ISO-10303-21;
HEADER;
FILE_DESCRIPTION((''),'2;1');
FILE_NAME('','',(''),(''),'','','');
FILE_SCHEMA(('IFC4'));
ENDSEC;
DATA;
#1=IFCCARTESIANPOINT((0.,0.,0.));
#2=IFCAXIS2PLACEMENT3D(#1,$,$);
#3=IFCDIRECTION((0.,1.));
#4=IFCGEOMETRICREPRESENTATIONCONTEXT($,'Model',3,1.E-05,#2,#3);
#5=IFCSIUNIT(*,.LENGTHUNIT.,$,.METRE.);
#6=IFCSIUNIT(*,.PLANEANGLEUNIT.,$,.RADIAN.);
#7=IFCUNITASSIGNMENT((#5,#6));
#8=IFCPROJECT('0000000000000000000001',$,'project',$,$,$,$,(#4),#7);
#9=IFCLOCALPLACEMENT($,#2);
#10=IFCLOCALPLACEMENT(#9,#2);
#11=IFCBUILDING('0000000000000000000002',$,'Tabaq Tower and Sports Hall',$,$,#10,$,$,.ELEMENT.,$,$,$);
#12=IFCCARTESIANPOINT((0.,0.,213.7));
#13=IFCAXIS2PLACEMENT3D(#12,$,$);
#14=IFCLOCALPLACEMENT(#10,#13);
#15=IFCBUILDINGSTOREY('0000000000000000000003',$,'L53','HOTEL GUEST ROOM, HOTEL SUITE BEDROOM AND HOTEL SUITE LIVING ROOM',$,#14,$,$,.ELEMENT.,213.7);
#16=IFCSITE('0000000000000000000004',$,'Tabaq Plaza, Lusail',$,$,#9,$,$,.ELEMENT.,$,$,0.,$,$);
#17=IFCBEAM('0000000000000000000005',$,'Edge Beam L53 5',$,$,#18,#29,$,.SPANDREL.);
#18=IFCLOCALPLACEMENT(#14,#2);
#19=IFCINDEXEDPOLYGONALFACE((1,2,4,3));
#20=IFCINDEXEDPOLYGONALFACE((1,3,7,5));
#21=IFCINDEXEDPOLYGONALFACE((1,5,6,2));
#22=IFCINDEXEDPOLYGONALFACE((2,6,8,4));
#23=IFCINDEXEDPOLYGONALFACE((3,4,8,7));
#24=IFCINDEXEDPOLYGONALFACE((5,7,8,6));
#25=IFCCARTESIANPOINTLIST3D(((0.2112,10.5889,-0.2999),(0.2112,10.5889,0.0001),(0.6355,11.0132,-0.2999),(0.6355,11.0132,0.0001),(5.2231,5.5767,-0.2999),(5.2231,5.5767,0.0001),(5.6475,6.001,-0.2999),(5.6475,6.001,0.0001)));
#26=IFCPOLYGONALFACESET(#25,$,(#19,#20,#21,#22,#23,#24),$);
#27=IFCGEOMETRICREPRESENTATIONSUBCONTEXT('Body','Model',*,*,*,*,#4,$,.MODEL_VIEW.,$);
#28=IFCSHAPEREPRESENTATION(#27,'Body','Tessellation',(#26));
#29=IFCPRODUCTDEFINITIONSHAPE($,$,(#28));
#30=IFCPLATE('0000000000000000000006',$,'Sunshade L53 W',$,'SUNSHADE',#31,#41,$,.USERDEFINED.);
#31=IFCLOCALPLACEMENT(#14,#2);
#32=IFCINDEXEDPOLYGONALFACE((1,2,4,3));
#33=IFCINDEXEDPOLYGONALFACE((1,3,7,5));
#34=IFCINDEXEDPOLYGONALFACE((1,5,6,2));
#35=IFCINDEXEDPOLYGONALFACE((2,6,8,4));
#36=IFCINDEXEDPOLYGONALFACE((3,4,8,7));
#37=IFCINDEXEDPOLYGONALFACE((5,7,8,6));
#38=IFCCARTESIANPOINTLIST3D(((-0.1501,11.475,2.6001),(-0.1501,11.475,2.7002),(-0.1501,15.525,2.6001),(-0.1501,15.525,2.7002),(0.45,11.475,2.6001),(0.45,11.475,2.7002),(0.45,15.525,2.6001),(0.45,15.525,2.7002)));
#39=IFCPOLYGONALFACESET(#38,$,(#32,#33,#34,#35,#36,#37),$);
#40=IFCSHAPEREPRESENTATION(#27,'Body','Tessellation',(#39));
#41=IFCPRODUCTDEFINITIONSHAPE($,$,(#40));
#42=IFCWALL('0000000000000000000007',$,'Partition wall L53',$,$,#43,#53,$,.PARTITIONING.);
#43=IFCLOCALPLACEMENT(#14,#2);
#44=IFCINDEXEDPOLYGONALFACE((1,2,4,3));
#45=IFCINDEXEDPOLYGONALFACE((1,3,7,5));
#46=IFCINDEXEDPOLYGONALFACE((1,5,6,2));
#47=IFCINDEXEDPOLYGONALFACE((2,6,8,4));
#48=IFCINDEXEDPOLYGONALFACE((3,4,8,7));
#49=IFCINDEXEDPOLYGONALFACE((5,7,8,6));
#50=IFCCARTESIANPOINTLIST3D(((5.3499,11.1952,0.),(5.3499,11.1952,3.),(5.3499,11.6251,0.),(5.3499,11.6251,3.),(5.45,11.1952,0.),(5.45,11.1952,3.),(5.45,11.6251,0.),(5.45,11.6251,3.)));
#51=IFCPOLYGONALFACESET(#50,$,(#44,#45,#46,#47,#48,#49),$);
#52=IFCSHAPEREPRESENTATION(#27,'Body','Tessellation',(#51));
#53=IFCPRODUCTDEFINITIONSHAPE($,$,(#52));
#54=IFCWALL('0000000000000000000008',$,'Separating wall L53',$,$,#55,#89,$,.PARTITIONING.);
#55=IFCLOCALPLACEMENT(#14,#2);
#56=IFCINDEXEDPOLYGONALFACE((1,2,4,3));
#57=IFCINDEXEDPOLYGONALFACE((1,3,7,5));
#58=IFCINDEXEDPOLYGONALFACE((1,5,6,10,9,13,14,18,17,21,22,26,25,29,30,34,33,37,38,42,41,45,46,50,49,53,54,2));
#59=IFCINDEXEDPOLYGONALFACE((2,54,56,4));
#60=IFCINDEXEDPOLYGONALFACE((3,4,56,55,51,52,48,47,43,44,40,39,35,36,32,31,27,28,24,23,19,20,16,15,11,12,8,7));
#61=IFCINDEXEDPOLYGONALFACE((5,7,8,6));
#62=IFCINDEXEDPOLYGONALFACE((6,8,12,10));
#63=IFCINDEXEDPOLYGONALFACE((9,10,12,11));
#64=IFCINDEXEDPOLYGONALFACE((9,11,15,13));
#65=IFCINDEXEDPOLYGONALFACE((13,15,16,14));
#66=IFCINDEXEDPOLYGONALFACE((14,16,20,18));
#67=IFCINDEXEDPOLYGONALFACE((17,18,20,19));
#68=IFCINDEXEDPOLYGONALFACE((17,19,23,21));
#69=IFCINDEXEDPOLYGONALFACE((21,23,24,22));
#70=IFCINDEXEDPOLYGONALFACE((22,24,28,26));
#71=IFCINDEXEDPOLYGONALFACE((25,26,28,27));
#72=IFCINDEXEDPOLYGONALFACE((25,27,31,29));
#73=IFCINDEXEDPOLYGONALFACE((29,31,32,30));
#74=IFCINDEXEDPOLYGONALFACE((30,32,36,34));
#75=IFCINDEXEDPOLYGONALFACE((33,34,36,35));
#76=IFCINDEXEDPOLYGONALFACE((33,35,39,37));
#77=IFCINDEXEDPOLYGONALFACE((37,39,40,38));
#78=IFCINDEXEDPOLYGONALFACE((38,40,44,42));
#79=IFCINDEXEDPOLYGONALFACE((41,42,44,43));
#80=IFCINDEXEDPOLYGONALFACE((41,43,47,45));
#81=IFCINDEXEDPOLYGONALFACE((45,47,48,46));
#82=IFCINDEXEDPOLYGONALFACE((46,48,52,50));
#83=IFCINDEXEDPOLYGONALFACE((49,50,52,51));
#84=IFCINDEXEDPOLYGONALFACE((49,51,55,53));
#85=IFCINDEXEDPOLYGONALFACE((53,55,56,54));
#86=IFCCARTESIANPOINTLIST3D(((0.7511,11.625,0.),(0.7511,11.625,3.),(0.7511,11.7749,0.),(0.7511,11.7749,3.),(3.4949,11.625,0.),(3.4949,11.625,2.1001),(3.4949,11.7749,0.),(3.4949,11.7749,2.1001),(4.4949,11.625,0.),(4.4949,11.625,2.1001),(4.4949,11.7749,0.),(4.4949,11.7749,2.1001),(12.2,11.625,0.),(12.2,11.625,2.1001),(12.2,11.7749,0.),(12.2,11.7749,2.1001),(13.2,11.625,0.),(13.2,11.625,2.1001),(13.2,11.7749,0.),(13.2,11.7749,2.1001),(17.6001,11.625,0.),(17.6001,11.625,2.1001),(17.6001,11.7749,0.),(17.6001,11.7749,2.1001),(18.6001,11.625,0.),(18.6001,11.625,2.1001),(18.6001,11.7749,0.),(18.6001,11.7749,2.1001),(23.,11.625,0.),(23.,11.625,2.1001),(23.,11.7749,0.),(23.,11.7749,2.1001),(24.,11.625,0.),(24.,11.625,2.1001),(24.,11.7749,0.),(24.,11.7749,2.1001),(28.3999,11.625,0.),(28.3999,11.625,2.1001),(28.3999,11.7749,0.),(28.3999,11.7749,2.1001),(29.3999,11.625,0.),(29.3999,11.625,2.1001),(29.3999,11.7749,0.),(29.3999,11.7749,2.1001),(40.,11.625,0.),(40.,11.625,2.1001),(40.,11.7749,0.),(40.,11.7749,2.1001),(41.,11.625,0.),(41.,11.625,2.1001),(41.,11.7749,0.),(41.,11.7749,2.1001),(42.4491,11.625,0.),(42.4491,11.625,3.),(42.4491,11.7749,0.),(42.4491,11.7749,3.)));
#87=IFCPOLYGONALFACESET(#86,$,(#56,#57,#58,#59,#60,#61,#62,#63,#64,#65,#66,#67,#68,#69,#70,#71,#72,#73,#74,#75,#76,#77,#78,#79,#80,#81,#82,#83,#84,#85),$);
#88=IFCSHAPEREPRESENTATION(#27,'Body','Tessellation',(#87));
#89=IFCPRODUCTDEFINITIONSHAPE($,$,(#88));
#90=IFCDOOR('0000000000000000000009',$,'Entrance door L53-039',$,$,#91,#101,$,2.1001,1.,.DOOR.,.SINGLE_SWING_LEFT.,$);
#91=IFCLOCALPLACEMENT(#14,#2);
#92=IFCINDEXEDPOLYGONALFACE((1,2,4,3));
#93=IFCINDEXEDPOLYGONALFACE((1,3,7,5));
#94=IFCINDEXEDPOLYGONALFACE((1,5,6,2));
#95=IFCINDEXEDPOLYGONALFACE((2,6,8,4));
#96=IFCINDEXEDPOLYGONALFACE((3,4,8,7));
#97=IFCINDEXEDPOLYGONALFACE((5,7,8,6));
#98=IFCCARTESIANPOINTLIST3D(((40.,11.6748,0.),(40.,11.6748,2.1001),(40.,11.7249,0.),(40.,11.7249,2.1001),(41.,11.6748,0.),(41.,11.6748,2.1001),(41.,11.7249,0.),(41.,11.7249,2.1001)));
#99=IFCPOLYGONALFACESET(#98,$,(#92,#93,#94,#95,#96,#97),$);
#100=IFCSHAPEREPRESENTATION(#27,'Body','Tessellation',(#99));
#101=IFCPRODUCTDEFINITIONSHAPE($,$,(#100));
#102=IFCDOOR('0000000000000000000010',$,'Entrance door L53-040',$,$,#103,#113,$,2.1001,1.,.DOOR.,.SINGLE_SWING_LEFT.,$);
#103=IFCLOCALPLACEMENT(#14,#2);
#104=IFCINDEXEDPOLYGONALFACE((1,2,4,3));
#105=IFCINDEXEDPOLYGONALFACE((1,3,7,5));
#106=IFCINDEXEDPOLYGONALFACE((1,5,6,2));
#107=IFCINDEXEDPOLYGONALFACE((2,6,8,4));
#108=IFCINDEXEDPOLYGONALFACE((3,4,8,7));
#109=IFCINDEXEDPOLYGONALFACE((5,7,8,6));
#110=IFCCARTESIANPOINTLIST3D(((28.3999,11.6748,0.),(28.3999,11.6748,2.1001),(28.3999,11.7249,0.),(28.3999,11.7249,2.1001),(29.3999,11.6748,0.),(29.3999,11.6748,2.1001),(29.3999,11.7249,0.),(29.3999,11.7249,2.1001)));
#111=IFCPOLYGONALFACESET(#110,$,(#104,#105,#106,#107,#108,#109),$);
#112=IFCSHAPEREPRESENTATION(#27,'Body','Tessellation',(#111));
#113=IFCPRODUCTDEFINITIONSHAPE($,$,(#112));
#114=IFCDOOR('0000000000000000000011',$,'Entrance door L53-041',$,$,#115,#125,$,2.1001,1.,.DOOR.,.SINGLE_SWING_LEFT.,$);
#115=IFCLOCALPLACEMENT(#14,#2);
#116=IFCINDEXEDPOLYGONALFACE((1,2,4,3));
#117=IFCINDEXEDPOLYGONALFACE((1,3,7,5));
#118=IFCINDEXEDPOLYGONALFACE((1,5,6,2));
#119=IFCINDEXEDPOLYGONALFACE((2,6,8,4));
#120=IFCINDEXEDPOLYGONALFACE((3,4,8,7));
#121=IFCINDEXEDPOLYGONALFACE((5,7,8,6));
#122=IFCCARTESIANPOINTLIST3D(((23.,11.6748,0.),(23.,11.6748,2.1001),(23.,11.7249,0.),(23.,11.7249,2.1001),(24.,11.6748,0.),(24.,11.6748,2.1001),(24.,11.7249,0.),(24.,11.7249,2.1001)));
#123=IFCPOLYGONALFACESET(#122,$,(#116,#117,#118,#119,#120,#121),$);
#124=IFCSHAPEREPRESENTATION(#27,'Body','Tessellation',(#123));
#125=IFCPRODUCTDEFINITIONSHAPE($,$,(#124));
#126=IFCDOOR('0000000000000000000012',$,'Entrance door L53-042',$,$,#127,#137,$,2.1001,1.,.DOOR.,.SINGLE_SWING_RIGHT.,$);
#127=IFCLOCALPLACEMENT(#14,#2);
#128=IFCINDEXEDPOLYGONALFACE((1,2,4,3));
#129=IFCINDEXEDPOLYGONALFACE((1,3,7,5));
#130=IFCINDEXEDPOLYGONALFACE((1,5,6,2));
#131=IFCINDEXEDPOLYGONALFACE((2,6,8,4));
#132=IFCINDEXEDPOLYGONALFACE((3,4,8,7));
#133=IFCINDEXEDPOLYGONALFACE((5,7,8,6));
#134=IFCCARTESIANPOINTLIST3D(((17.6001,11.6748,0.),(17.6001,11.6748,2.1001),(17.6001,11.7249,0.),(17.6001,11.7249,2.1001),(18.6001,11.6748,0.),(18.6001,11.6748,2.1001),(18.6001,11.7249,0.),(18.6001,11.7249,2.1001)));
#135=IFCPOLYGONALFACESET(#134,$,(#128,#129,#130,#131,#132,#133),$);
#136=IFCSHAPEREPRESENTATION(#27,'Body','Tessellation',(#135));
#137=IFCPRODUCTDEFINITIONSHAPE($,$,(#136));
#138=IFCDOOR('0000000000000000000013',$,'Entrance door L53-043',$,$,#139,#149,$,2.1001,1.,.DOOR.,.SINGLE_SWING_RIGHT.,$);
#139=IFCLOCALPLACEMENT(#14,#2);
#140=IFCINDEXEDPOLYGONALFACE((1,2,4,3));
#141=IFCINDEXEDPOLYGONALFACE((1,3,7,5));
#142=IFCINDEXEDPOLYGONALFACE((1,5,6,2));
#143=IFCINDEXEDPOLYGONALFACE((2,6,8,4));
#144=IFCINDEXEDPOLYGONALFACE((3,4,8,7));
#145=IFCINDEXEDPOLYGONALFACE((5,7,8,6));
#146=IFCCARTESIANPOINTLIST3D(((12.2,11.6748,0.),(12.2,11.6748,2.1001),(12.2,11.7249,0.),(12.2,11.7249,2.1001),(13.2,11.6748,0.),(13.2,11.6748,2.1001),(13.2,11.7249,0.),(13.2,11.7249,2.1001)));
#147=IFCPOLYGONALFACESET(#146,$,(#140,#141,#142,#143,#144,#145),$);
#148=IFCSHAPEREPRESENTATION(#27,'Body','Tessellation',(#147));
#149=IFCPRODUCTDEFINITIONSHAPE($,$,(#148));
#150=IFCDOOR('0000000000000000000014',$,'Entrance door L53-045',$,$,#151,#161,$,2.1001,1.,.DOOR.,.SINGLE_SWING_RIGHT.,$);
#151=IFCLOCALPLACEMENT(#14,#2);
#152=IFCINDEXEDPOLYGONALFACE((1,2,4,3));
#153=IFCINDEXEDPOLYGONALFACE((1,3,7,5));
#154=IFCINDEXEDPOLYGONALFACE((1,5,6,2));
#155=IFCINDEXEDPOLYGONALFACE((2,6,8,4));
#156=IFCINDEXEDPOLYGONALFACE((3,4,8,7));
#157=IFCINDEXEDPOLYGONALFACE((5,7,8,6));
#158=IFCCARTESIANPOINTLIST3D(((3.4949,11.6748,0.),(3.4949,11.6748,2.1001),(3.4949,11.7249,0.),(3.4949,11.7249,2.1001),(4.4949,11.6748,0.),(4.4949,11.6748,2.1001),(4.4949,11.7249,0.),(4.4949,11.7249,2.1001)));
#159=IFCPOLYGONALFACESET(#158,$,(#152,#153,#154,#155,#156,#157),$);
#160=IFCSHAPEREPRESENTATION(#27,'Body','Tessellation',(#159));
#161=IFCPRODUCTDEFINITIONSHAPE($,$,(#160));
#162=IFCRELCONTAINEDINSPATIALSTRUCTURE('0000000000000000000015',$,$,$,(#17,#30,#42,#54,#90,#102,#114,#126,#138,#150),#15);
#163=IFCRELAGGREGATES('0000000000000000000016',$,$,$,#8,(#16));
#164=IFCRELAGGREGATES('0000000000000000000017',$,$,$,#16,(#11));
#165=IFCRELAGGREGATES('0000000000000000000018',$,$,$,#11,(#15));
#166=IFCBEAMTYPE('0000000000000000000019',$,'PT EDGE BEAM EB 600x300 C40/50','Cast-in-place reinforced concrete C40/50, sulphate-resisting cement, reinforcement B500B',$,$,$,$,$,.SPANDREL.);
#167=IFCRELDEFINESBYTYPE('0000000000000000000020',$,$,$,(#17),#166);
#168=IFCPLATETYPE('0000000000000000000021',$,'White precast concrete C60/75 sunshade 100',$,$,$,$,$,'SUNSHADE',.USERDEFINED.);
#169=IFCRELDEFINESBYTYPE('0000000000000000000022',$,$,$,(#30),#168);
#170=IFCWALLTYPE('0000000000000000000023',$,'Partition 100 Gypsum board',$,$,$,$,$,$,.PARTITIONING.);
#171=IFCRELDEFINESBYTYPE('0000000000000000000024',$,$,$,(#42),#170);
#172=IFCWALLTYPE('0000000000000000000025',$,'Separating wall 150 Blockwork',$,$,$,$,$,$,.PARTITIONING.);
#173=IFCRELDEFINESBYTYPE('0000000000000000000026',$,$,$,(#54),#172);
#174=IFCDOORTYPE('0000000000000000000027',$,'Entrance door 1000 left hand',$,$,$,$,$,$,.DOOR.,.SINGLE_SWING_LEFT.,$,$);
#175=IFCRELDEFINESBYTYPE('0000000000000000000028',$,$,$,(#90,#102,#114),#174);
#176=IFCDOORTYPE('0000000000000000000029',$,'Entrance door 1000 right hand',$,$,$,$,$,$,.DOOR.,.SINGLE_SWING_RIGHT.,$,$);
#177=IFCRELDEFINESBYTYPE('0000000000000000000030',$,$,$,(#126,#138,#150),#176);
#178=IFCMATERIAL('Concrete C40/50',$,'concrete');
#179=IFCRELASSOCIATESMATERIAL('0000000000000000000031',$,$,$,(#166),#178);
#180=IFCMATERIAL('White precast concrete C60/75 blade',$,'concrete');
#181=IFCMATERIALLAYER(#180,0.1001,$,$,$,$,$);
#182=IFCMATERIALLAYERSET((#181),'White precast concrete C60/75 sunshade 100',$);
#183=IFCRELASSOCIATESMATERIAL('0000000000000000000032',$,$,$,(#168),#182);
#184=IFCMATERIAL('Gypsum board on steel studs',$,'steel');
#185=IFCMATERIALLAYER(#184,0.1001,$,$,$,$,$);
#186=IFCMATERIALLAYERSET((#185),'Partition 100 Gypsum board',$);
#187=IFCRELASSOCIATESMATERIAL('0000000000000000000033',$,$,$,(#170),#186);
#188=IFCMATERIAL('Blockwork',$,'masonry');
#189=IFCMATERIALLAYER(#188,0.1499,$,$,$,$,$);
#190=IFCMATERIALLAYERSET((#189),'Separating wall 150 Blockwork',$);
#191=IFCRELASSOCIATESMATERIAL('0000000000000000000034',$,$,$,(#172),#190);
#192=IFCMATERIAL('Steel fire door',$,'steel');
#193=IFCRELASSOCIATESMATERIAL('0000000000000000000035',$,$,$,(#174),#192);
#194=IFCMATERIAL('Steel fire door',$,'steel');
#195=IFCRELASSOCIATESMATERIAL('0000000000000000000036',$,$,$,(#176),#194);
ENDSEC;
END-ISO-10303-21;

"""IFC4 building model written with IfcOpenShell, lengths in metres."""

from ifc_helpers import new_model, si_unit, direction, frame, frame_2d, origin, origin_2d, place, context, subcontext, project, spatial, rectangle, extrude, material, layer, layer_set, material_profile, profile_set, type_object, element, fill, save


model = new_model("IFC4")

# Units and contexts
model_context = context("Model", 3, precision=1e-05, world=origin(), true_north=direction((0.0, 1.0)))
body_context = subcontext(model_context, "Body", "Model", "MODEL_VIEW")
ifc_project = project(units=[si_unit("LENGTHUNIT", "METRE"), si_unit("PLANEANGLEUNIT", "RADIAN")], contexts=[model_context])

# Site, building, storey
site_placement = place(None, origin())
site = spatial("IfcSite", under=ifc_project, at=site_placement, Name="Tabaq Plaza, Lusail", CompositionType="ELEMENT", RefElevation=0.0)
building_placement = place(site_placement, origin())
building = spatial("IfcBuilding", under=site, at=building_placement, Name="Tabaq Tower and Sports Hall", CompositionType="ELEMENT")
storey_placement = place(building_placement, frame((0.0, 0.0, 213.7)))
storey = spatial("IfcBuildingStorey", under=building, at=storey_placement, Name="L53", Description="HOTEL GUEST ROOM, HOTEL SUITE BEDROOM AND HOTEL SUITE LIVING ROOM", CompositionType="ELEMENT", Elevation=213.7)

# Beam
ifc_material_1 = material(Name="Concrete C40/50", Category="concrete")
ifc_material_profile = material_profile(ifc_material_1, rectangle(XDim=0.6001, YDim=0.3, at=origin_2d()), Name="EB 600x300")
ifc_profile_set = profile_set([ifc_material_profile], Name="Concrete C40/50")
beam_type = type_object("IfcBeamType", Name="PT EDGE BEAM EB 600x300 C40/50", Description="Cast-in-place reinforced concrete C40/50, sulphate-resisting cement, reinforcement B500B", PredefinedType="SPANDREL", material=ifc_profile_set)
beam_placement = place(storey_placement, frame((0.4233, 10.801, -0.1499), z_axis=(0.70709, -0.707124, 0.0), x_axis=(0.707124, 0.70709, 0.0)))
element("IfcBeam", 1, at=beam_placement, inside=storey, type_object=beam_type, Name="Edge Beam L53 5", PredefinedType="SPANDREL", context=body_context, shape_type="SweptSolid", body=[
    extrude(rectangle(XDim=0.6001, YDim=0.3, at=origin_2d()), origin(), (0.0, 0.0, 1.0), 7.0881),
])

# Plate
ifc_material_2 = material(Name="White precast concrete C60/75 blade", Category="concrete")
ifc_layer_1 = layer(ifc_material_2, 0.1001)
ifc_layer_set_1 = layer_set([ifc_layer_1], Name="White precast concrete C60/75 sunshade 100")
plate_type = type_object("IfcPlateType", Name="White precast concrete C60/75 sunshade 100", ElementType="SUNSHADE", PredefinedType="USERDEFINED", material=ifc_layer_set_1)
plate_placement = place(storey_placement, frame((0.1499, 13.5, 2.6001), z_axis=(0.0, 0.0, 1.0), x_axis=(0.0, -1.0, 0.0)))
element("IfcPlate", 2, at=plate_placement, inside=storey, type_object=plate_type, Name="Sunshade L53 W", ObjectType="SUNSHADE", PredefinedType="USERDEFINED", context=body_context, shape_type="SweptSolid", body=[
    extrude(rectangle(XDim=4.05, YDim=0.6001, at=origin_2d()), origin(), (0.0, 0.0, 1.0), 0.1001),
])

# Wall
ifc_material_3 = material(Name="Gypsum board on steel studs", Category="steel")
ifc_layer_2 = layer(ifc_material_3, 0.1001)
ifc_layer_set_2 = layer_set([ifc_layer_2], Name="Partition 100 Gypsum board")
wall_type_1 = type_object("IfcWallType", Name="Partition 100 Gypsum board", PredefinedType="PARTITIONING", material=ifc_layer_set_2)
wall_1_placement = place(storey_placement, frame((5.3999, 11.625, 0.0), z_axis=(0.0, 0.0, 1.0), x_axis=(0.0, -1.0, 0.0)))
element("IfcWall", 3, at=wall_1_placement, inside=storey, type_object=wall_type_1, Name="Partition wall L53", PredefinedType="PARTITIONING", context=body_context, shape_type="SweptSolid", body=[
    extrude(rectangle(XDim=0.4299, YDim=0.1001, at=frame_2d((0.2148, 0.0))), origin(), (0.0, 0.0, 1.0), 3.0),
])

# Wall, openings, doors
ifc_material_4 = material(Name="Blockwork", Category="masonry")
ifc_layer_3 = layer(ifc_material_4, 0.1499)
ifc_layer_set_3 = layer_set([ifc_layer_3], Name="Separating wall 150 Blockwork")
wall_type_2 = type_object("IfcWallType", Name="Separating wall 150 Blockwork", PredefinedType="PARTITIONING", material=ifc_layer_set_3)
wall_2_placement = place(storey_placement, frame((0.751, 11.7, 0.0), z_axis=(0.0, 0.0, 1.0), x_axis=(1.0, 0.0, 0.0)))
wall_2 = element("IfcWall", 4, at=wall_2_placement, inside=storey, type_object=wall_type_2, Name="Separating wall L53", PredefinedType="PARTITIONING", context=body_context, shape_type="SweptSolid", body=[
    extrude(rectangle(XDim=41.698, YDim=0.1499, at=frame_2d((20.8491, 0.0))), origin(), (0.0, 0.0, 1.0), 3.0),
])
opening_1_placement = place(wall_2_placement, frame((39.249, 0.0, 0.0)))
opening_1 = element("IfcOpeningElement", 5, at=opening_1_placement, cuts=wall_2, PredefinedType="OPENING", context=body_context, shape_type="SweptSolid", body=[
    extrude(rectangle(XDim=1.0, YDim=2.1001, at=frame_2d((0.5, 1.05))), frame((0.0, 0.075, 0.0), z_axis=(0.0, -1.0, 0.0), x_axis=(1.0, 0.0, 0.0)), (0.0, 0.0, 1.0), 0.1499),
])
opening_2_placement = place(wall_2_placement, frame((27.6489, 0.0, 0.0)))
opening_2 = element("IfcOpeningElement", 6, at=opening_2_placement, cuts=wall_2, PredefinedType="OPENING", context=body_context, shape_type="SweptSolid", body=[
    extrude(rectangle(XDim=1.0, YDim=2.1001, at=frame_2d((0.5, 1.05))), frame((0.0, 0.075, 0.0), z_axis=(0.0, -1.0, 0.0), x_axis=(1.0, 0.0, 0.0)), (0.0, 0.0, 1.0), 0.1499),
])
opening_3_placement = place(wall_2_placement, frame((22.249, 0.0, 0.0)))
opening_3 = element("IfcOpeningElement", 7, at=opening_3_placement, cuts=wall_2, PredefinedType="OPENING", context=body_context, shape_type="SweptSolid", body=[
    extrude(rectangle(XDim=1.0, YDim=2.1001, at=frame_2d((0.5, 1.05))), frame((0.0, 0.075, 0.0), z_axis=(0.0, -1.0, 0.0), x_axis=(1.0, 0.0, 0.0)), (0.0, 0.0, 1.0), 0.1499),
])
opening_4_placement = place(wall_2_placement, frame((16.8491, 0.0, 0.0)))
opening_4 = element("IfcOpeningElement", 8, at=opening_4_placement, cuts=wall_2, PredefinedType="OPENING", context=body_context, shape_type="SweptSolid", body=[
    extrude(rectangle(XDim=1.0, YDim=2.1001, at=frame_2d((0.5, 1.05))), frame((0.0, 0.075, 0.0), z_axis=(0.0, -1.0, 0.0), x_axis=(1.0, 0.0, 0.0)), (0.0, 0.0, 1.0), 0.1499),
])
opening_5_placement = place(wall_2_placement, frame((11.449, 0.0, 0.0)))
opening_5 = element("IfcOpeningElement", 9, at=opening_5_placement, cuts=wall_2, PredefinedType="OPENING", context=body_context, shape_type="SweptSolid", body=[
    extrude(rectangle(XDim=1.0, YDim=2.1001, at=frame_2d((0.5, 1.05))), frame((0.0, 0.075, 0.0), z_axis=(0.0, -1.0, 0.0), x_axis=(1.0, 0.0, 0.0)), (0.0, 0.0, 1.0), 0.1499),
])
opening_6_placement = place(wall_2_placement, frame((2.7439, 0.0, 0.0)))
opening_6 = element("IfcOpeningElement", 10, at=opening_6_placement, cuts=wall_2, PredefinedType="OPENING", context=body_context, shape_type="SweptSolid", body=[
    extrude(rectangle(XDim=1.0, YDim=2.1001, at=frame_2d((0.5, 1.05))), frame((0.0, 0.075, 0.0), z_axis=(0.0, -1.0, 0.0), x_axis=(1.0, 0.0, 0.0)), (0.0, 0.0, 1.0), 0.1499),
])
ifc_material_5 = material(Name="Steel fire door", Category="steel")
door_type_1 = type_object("IfcDoorType", Name="Entrance door 1000 left hand", OperationType="SINGLE_SWING_LEFT", PredefinedType="DOOR", material=ifc_material_5)
door_1_placement = place(opening_1_placement, origin())
door_1 = element("IfcDoor", 11, at=door_1_placement, inside=storey, type_object=door_type_1, Name="Entrance door L53-039", OperationType="SINGLE_SWING_LEFT", OverallHeight=2.1001, OverallWidth=1.0, PredefinedType="DOOR", context=body_context, shape_type="SweptSolid", body=[
    extrude(rectangle(XDim=1.0, YDim=2.1001, at=frame_2d((0.5, 1.05))), frame((0.0, 0.0249, 0.0), z_axis=(0.0, -1.0, 0.0), x_axis=(1.0, 0.0, 0.0)), (0.0, 0.0, 1.0), 0.05),
])
fill(opening_1, door_1)
door_2_placement = place(opening_2_placement, origin())
door_2 = element("IfcDoor", 12, at=door_2_placement, inside=storey, type_object=door_type_1, Name="Entrance door L53-040", OperationType="SINGLE_SWING_LEFT", OverallHeight=2.1001, OverallWidth=1.0, PredefinedType="DOOR", context=body_context, shape_type="SweptSolid", body=[
    extrude(rectangle(XDim=1.0, YDim=2.1001, at=frame_2d((0.5, 1.05))), frame((0.0, 0.0249, 0.0), z_axis=(0.0, -1.0, 0.0), x_axis=(1.0, 0.0, 0.0)), (0.0, 0.0, 1.0), 0.05),
])
fill(opening_2, door_2)
door_3_placement = place(opening_3_placement, origin())
door_3 = element("IfcDoor", 13, at=door_3_placement, inside=storey, type_object=door_type_1, Name="Entrance door L53-041", OperationType="SINGLE_SWING_LEFT", OverallHeight=2.1001, OverallWidth=1.0, PredefinedType="DOOR", context=body_context, shape_type="SweptSolid", body=[
    extrude(rectangle(XDim=1.0, YDim=2.1001, at=frame_2d((0.5, 1.05))), frame((0.0, 0.0249, 0.0), z_axis=(0.0, -1.0, 0.0), x_axis=(1.0, 0.0, 0.0)), (0.0, 0.0, 1.0), 0.05),
])
fill(opening_3, door_3)
ifc_material_6 = material(Name="Steel fire door", Category="steel")
door_type_2 = type_object("IfcDoorType", Name="Entrance door 1000 right hand", OperationType="SINGLE_SWING_RIGHT", PredefinedType="DOOR", material=ifc_material_6)
door_4_placement = place(opening_4_placement, origin())
door_4 = element("IfcDoor", 14, at=door_4_placement, inside=storey, type_object=door_type_2, Name="Entrance door L53-042", OperationType="SINGLE_SWING_RIGHT", OverallHeight=2.1001, OverallWidth=1.0, PredefinedType="DOOR", context=body_context, shape_type="SweptSolid", body=[
    extrude(rectangle(XDim=1.0, YDim=2.1001, at=frame_2d((0.5, 1.05))), frame((0.0, 0.0249, 0.0), z_axis=(0.0, -1.0, 0.0), x_axis=(1.0, 0.0, 0.0)), (0.0, 0.0, 1.0), 0.05),
])
fill(opening_4, door_4)
door_5_placement = place(opening_5_placement, origin())
door_5 = element("IfcDoor", 15, at=door_5_placement, inside=storey, type_object=door_type_2, Name="Entrance door L53-043", OperationType="SINGLE_SWING_RIGHT", OverallHeight=2.1001, OverallWidth=1.0, PredefinedType="DOOR", context=body_context, shape_type="SweptSolid", body=[
    extrude(rectangle(XDim=1.0, YDim=2.1001, at=frame_2d((0.5, 1.05))), frame((0.0, 0.0249, 0.0), z_axis=(0.0, -1.0, 0.0), x_axis=(1.0, 0.0, 0.0)), (0.0, 0.0, 1.0), 0.05),
])
fill(opening_5, door_5)
door_6_placement = place(opening_6_placement, origin())
door_6 = element("IfcDoor", 16, at=door_6_placement, inside=storey, type_object=door_type_2, Name="Entrance door L53-045", OperationType="SINGLE_SWING_RIGHT", OverallHeight=2.1001, OverallWidth=1.0, PredefinedType="DOOR", context=body_context, shape_type="SweptSolid", body=[
    extrude(rectangle(XDim=1.0, YDim=2.1001, at=frame_2d((0.5, 1.05))), frame((0.0, 0.0249, 0.0), z_axis=(0.0, -1.0, 0.0), x_axis=(1.0, 0.0, 0.0)), (0.0, 0.0, 1.0), 0.05),
])
fill(opening_6, door_6)

save(model, "model.ifc")
